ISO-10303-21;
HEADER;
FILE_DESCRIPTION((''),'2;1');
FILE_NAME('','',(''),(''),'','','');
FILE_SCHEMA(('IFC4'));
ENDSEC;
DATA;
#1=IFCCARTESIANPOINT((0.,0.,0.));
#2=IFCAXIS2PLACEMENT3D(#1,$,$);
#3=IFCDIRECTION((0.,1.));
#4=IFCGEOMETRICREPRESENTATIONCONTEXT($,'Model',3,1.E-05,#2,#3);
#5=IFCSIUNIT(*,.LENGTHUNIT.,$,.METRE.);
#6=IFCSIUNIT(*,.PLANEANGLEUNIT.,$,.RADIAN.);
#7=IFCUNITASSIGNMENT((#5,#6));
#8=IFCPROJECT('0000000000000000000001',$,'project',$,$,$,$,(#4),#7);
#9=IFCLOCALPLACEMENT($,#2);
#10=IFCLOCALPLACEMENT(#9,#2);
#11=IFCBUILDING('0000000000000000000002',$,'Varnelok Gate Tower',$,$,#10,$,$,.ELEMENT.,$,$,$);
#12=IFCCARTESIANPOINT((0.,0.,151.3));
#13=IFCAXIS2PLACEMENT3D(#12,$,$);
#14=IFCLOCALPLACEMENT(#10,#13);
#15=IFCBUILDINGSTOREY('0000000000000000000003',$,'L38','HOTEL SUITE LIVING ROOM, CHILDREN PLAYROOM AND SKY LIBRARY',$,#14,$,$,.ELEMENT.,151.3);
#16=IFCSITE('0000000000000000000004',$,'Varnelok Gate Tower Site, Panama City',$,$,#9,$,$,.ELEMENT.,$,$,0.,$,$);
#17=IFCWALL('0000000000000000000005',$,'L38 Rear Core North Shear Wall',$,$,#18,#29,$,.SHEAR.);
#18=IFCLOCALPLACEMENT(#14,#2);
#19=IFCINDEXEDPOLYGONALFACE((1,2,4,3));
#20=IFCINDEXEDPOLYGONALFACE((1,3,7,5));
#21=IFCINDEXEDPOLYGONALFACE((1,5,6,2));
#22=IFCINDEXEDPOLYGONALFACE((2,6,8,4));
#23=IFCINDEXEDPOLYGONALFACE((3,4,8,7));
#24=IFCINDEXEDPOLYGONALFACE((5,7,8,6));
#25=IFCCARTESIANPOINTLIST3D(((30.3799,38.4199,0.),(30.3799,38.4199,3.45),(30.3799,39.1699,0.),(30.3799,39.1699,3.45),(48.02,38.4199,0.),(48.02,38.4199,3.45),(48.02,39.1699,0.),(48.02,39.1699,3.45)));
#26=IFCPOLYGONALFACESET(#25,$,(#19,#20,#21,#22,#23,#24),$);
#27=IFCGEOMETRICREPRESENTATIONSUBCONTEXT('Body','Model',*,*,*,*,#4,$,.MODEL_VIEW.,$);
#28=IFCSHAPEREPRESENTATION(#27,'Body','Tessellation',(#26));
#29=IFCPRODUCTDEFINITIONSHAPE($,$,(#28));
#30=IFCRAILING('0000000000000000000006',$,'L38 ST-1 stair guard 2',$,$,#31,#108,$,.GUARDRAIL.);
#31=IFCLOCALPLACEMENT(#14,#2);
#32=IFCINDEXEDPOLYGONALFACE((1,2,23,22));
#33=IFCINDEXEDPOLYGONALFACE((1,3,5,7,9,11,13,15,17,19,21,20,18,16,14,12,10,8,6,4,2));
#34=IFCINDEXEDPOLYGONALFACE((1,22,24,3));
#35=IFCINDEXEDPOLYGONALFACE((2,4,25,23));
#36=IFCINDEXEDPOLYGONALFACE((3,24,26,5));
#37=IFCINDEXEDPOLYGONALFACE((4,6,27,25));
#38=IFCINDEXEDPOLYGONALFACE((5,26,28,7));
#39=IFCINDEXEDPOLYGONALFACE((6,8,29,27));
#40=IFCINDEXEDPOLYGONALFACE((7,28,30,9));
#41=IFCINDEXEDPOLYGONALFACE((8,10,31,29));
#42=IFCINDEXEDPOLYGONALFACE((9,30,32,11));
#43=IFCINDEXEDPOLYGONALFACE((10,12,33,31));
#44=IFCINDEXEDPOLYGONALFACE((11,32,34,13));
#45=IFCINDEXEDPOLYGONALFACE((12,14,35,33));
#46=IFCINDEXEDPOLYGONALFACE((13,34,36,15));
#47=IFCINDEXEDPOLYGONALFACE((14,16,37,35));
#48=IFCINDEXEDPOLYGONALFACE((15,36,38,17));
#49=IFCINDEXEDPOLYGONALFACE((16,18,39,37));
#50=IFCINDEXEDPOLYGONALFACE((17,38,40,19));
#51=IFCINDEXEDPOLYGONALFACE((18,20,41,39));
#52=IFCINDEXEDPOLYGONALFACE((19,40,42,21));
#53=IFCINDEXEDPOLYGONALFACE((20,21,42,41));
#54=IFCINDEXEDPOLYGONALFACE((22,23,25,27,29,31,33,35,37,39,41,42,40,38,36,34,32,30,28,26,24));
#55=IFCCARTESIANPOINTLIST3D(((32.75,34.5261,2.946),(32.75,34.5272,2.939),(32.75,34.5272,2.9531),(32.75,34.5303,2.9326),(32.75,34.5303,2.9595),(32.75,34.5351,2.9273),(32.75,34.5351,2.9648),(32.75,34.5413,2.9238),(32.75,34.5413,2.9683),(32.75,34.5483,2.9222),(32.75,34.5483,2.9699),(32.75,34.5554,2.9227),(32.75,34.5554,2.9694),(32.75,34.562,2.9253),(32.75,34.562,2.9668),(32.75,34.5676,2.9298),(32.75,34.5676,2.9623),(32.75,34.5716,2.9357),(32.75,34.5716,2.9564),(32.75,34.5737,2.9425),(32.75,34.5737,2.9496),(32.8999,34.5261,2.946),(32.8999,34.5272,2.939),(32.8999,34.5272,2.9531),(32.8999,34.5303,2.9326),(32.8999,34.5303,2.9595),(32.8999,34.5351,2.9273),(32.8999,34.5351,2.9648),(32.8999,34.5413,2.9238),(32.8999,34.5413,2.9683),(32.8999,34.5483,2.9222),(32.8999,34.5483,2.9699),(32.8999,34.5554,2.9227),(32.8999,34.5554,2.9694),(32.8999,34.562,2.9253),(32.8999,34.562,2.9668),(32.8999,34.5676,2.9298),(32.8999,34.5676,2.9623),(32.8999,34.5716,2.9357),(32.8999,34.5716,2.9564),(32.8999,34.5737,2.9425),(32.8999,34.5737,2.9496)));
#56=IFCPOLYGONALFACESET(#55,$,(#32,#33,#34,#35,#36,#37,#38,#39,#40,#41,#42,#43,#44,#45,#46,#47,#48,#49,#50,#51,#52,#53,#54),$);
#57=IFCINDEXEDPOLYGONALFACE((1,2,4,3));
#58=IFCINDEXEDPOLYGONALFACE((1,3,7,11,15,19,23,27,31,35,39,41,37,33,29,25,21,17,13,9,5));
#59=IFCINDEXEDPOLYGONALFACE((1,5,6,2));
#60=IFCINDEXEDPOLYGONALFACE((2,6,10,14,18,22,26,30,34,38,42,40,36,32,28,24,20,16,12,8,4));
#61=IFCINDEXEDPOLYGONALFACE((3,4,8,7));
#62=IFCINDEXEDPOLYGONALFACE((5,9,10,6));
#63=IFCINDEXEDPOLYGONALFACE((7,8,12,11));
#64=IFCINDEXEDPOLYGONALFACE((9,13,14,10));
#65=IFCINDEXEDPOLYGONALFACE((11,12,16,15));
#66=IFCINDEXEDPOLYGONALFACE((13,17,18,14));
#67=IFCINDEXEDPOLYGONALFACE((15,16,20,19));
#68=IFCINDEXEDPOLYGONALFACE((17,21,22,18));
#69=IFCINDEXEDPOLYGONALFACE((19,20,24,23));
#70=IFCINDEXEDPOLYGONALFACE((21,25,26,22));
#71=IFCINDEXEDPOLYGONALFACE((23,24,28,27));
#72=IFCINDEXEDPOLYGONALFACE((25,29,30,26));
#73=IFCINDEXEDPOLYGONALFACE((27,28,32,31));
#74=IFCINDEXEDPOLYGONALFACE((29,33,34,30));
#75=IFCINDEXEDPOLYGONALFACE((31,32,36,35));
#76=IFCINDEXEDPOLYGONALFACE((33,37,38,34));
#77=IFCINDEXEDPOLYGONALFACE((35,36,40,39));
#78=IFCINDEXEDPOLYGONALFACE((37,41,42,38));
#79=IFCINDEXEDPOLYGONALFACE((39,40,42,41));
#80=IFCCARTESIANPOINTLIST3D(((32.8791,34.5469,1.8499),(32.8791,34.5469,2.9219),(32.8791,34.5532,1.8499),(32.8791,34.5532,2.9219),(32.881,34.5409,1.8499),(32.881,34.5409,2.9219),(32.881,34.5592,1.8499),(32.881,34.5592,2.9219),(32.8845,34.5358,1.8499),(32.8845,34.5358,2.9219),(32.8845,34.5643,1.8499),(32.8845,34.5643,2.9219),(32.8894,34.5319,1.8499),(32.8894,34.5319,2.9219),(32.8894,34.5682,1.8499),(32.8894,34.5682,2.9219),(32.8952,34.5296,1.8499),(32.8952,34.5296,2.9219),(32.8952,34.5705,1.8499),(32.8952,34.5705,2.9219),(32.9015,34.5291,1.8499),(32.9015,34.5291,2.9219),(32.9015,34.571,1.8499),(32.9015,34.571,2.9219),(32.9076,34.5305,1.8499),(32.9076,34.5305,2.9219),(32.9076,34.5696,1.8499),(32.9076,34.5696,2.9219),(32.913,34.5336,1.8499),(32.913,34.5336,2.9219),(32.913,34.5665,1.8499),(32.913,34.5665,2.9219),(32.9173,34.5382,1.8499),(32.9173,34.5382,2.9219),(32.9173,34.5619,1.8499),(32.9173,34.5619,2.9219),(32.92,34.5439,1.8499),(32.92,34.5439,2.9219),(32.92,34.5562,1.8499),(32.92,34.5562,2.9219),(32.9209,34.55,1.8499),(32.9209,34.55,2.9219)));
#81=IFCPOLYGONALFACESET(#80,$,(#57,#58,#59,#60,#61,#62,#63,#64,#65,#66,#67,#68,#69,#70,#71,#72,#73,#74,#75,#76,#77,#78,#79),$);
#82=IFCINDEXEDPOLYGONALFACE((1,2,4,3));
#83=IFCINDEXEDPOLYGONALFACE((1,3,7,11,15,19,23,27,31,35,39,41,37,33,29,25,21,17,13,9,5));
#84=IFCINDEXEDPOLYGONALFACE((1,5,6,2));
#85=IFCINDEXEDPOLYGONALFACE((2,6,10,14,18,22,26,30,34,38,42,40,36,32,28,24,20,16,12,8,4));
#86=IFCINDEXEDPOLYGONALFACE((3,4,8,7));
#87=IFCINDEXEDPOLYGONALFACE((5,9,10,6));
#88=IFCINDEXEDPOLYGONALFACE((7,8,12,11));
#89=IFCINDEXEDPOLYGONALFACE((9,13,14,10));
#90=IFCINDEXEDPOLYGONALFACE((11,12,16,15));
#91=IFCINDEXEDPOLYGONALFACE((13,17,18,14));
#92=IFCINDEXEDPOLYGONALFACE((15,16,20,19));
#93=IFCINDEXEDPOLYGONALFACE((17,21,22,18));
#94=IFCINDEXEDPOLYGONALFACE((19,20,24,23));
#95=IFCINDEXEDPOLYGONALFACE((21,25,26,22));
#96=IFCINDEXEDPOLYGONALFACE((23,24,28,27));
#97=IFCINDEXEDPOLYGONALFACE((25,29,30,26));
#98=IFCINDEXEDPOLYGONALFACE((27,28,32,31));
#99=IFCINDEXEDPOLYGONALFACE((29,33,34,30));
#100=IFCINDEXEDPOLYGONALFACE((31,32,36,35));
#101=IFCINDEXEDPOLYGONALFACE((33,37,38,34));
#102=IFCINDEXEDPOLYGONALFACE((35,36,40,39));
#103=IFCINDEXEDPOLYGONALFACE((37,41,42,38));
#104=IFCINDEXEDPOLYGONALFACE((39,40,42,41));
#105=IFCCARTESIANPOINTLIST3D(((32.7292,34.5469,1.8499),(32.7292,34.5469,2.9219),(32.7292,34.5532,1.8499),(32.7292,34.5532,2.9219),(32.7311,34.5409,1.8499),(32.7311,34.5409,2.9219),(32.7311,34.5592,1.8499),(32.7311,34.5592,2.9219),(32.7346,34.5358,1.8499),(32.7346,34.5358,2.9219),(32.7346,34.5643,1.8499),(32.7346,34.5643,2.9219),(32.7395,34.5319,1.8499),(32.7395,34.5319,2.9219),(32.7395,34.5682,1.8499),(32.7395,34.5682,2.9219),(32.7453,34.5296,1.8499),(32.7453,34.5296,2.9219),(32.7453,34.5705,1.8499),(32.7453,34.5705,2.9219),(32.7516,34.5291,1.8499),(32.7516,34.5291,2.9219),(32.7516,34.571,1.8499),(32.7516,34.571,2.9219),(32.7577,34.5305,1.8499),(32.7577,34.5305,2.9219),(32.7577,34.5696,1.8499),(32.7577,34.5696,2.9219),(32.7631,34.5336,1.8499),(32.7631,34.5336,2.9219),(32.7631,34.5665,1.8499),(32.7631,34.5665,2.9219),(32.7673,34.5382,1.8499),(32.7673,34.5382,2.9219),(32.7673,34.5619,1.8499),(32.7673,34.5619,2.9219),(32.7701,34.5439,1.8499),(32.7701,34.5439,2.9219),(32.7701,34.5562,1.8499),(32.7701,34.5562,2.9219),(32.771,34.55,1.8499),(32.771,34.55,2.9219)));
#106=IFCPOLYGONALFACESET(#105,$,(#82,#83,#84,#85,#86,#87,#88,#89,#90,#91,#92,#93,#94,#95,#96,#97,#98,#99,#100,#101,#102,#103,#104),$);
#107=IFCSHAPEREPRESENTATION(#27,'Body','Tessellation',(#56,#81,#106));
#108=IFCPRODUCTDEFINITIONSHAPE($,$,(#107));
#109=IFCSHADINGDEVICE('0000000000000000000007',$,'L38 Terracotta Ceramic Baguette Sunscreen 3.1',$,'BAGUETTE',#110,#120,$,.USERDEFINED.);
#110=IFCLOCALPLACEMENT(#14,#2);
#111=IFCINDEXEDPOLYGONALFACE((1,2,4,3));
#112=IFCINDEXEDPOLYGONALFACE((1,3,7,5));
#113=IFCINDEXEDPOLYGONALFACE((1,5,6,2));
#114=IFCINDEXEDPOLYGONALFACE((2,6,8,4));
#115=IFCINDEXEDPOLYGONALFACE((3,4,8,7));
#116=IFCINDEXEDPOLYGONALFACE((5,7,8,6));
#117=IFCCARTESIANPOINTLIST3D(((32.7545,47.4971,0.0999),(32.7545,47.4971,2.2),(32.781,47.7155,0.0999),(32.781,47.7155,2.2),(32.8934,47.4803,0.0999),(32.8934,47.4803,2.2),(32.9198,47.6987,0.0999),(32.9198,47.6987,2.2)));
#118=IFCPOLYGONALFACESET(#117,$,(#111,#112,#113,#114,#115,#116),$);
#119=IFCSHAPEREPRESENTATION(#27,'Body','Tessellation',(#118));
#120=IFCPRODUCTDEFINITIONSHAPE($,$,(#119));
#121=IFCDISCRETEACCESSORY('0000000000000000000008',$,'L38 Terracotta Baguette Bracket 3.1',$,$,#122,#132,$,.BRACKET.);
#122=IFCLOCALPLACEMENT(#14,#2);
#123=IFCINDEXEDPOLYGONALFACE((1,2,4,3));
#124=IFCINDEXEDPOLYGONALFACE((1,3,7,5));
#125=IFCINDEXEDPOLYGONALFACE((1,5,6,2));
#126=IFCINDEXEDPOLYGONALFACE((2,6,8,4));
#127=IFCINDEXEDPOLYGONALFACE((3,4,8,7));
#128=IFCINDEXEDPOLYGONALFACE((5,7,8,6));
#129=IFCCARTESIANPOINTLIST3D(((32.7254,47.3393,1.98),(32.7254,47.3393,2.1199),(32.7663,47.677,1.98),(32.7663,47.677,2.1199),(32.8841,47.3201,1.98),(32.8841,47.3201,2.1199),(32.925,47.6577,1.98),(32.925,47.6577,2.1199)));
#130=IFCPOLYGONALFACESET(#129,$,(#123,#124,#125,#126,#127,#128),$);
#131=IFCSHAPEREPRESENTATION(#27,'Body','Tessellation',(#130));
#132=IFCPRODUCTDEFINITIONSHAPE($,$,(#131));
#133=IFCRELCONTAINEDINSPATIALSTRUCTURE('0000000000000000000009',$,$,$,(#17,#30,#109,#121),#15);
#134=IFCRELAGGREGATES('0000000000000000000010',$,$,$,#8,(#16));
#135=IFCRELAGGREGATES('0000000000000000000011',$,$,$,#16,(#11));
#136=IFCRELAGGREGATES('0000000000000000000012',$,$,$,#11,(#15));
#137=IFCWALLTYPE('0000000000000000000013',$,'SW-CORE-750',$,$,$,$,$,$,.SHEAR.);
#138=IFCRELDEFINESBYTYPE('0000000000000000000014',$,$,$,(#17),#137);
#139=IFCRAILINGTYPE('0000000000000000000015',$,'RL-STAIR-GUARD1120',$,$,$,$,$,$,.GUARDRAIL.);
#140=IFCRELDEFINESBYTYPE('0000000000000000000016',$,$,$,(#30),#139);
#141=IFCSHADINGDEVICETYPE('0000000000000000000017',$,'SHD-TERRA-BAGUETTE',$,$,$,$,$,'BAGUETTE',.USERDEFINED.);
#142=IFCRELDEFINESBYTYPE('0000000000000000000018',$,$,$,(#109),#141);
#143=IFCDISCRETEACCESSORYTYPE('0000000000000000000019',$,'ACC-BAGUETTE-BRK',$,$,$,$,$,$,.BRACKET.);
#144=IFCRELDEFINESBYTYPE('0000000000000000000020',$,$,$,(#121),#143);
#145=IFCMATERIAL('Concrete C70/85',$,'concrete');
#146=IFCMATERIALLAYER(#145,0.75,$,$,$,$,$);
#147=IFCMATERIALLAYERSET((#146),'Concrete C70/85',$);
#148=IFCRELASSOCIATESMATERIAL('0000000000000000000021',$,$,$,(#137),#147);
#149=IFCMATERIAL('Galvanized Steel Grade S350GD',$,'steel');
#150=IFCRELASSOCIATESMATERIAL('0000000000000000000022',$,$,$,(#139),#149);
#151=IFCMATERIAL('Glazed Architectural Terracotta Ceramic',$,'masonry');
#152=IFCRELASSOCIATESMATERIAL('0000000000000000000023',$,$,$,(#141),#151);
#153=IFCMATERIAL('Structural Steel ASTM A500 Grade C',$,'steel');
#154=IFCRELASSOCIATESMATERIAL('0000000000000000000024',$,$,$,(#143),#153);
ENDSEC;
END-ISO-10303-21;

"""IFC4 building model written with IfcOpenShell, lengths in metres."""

from ifc_helpers import new_model, si_unit, direction, frame, frame_2d, origin, origin_2d, place, context, subcontext, project, spatial, rectangle, circle, extrude, source, transform, mapped, material, layer, layer_set, type_object, element, save


model = new_model("IFC4")

# Units and contexts
model_context = context("Model", 3, precision=1e-05, world=origin(), true_north=direction((0.0, 1.0)))
body_context = subcontext(model_context, "Body", "Model", "MODEL_VIEW")
ifc_project = project(units=[si_unit("LENGTHUNIT", "METRE"), si_unit("PLANEANGLEUNIT", "RADIAN")], contexts=[model_context])

# Site, building, storey
site_placement = place(None, origin())
site = spatial("IfcSite", under=ifc_project, at=site_placement, Name="Varnelok Gate Tower Site, Panama City", CompositionType="ELEMENT", RefElevation=0.0)
building_placement = place(site_placement, origin())
building = spatial("IfcBuilding", under=site, at=building_placement, Name="Varnelok Gate Tower", CompositionType="ELEMENT")
storey_placement = place(building_placement, frame((0.0, 0.0, 151.3)))
storey = spatial("IfcBuildingStorey", under=building, at=storey_placement, Name="L38", Description="HOTEL SUITE LIVING ROOM, CHILDREN PLAYROOM AND SKY LIBRARY", CompositionType="ELEMENT", Elevation=151.3)

# Shared definitions
ifc_material_1 = material(Name="Galvanized Steel Grade S350GD", Category="steel")

# Wall
ifc_material_2 = material(Name="Concrete C70/85", Category="concrete")
ifc_layer_1 = layer(ifc_material_2, 0.75)
ifc_layer_set_1 = layer_set([ifc_layer_1], Name="Concrete C70/85")
wall_type_1 = type_object("IfcWallType", Name="SW-CORE-750", PredefinedType="SHEAR", material=ifc_layer_set_1)
wall_1_placement = place(storey_placement, frame((30.3799, 38.7949, 0.0), z_axis=(0.0, 0.0, 1.0), x_axis=(1.0, 0.0, 0.0)))
element("IfcWall", 1, at=wall_1_placement, inside=storey, type_object=wall_type_1, Name="L38 Rear Core North Shear Wall", PredefinedType="SHEAR", context=body_context, shape_type="SweptSolid", body=[
    extrude(rectangle(XDim=17.6401, YDim=0.75, at=frame_2d((8.8201, 0.0))), origin(), (0.0, 0.0, 1.0), 3.45),
])

# Railing
railing_type_1 = type_object("IfcRailingType", Name="RL-STAIR-GUARD1120", PredefinedType="GUARDRAIL", material=ifc_material_1)
railing_1_placement = place(storey_placement, frame((32.8999, 34.55, 1.8499)))
element("IfcRailing", 2, at=railing_1_placement, inside=storey, type_object=railing_type_1, Name="L38 ST-1 stair guard 2", PredefinedType="GUARDRAIL", context=body_context, shape_type="SweptSolid", body=[
    extrude(circle(Radius=0.0239, at=origin_2d()), frame((0.0, 0.0, 1.0962), z_axis=(-1.0, 0.0, 0.0), x_axis=(0.0, -1.0, 0.0)), (0.0, 0.0, 1.0), 0.1499),
    extrude(circle(Radius=0.021, at=origin_2d()), origin(), (0.0, 0.0, 1.0), 1.072),
    extrude(circle(Radius=0.021, at=origin_2d()), frame((-0.1499, 0.0, 0.0)), (0.0, 0.0, 1.0), 1.072),
])

# Shading device
ifc_material_3 = material(Name="Glazed Architectural Terracotta Ceramic", Category="masonry")
shading_device_type = type_object("IfcShadingDeviceType", Name="SHD-TERRA-BAGUETTE", ElementType="BAGUETTE", PredefinedType="USERDEFINED", material=ifc_material_3)
shared_shape_1 = source(origin(), body_context, "Body", "SweptSolid", [
    extrude(rectangle(XDim=0.1399, YDim=0.22, at=origin_2d()), origin(), (0.0, 0.0, 1.0), 2.1001),
])
shading_device_placement = place(storey_placement, frame((32.8372, 47.5979, 0.0999), z_axis=(0.0, 0.0, 1.0), x_axis=(0.992732, -0.120345, 0.0)))
element("IfcShadingDevice", 3, at=shading_device_placement, inside=storey, type_object=shading_device_type, Name="L38 Terracotta Ceramic Baguette Sunscreen 3.1", ObjectType="BAGUETTE", PredefinedType="USERDEFINED", context=body_context, shape_type="MappedRepresentation", body=[
    mapped(shared_shape_1, transform((0.0, 0.0, 0.0), scale=1.0)),
])

# Discrete accessory
ifc_material_4 = material(Name="Structural Steel ASTM A500 Grade C", Category="steel")
discrete_accessory_type = type_object("IfcDiscreteAccessoryType", Name="ACC-BAGUETTE-BRK", PredefinedType="BRACKET", material=ifc_material_4)
shared_shape_2 = source(origin(), body_context, "Body", "SweptSolid", [
    extrude(rectangle(XDim=0.1599, YDim=0.3401, at=origin_2d()), origin(), (0.0, 0.0, 1.0), 0.1399),
])
discrete_accessory_placement = place(storey_placement, frame((32.8252, 47.4985, 1.98), z_axis=(0.0, 0.0, 1.0), x_axis=(0.992732, -0.120345, 0.0)))
element("IfcDiscreteAccessory", 4, at=discrete_accessory_placement, inside=storey, type_object=discrete_accessory_type, Name="L38 Terracotta Baguette Bracket 3.1", PredefinedType="BRACKET", context=body_context, shape_type="MappedRepresentation", body=[
    mapped(shared_shape_2, transform((0.0, 0.0, 0.0), scale=1.0)),
])

save(model, "model.ifc")
